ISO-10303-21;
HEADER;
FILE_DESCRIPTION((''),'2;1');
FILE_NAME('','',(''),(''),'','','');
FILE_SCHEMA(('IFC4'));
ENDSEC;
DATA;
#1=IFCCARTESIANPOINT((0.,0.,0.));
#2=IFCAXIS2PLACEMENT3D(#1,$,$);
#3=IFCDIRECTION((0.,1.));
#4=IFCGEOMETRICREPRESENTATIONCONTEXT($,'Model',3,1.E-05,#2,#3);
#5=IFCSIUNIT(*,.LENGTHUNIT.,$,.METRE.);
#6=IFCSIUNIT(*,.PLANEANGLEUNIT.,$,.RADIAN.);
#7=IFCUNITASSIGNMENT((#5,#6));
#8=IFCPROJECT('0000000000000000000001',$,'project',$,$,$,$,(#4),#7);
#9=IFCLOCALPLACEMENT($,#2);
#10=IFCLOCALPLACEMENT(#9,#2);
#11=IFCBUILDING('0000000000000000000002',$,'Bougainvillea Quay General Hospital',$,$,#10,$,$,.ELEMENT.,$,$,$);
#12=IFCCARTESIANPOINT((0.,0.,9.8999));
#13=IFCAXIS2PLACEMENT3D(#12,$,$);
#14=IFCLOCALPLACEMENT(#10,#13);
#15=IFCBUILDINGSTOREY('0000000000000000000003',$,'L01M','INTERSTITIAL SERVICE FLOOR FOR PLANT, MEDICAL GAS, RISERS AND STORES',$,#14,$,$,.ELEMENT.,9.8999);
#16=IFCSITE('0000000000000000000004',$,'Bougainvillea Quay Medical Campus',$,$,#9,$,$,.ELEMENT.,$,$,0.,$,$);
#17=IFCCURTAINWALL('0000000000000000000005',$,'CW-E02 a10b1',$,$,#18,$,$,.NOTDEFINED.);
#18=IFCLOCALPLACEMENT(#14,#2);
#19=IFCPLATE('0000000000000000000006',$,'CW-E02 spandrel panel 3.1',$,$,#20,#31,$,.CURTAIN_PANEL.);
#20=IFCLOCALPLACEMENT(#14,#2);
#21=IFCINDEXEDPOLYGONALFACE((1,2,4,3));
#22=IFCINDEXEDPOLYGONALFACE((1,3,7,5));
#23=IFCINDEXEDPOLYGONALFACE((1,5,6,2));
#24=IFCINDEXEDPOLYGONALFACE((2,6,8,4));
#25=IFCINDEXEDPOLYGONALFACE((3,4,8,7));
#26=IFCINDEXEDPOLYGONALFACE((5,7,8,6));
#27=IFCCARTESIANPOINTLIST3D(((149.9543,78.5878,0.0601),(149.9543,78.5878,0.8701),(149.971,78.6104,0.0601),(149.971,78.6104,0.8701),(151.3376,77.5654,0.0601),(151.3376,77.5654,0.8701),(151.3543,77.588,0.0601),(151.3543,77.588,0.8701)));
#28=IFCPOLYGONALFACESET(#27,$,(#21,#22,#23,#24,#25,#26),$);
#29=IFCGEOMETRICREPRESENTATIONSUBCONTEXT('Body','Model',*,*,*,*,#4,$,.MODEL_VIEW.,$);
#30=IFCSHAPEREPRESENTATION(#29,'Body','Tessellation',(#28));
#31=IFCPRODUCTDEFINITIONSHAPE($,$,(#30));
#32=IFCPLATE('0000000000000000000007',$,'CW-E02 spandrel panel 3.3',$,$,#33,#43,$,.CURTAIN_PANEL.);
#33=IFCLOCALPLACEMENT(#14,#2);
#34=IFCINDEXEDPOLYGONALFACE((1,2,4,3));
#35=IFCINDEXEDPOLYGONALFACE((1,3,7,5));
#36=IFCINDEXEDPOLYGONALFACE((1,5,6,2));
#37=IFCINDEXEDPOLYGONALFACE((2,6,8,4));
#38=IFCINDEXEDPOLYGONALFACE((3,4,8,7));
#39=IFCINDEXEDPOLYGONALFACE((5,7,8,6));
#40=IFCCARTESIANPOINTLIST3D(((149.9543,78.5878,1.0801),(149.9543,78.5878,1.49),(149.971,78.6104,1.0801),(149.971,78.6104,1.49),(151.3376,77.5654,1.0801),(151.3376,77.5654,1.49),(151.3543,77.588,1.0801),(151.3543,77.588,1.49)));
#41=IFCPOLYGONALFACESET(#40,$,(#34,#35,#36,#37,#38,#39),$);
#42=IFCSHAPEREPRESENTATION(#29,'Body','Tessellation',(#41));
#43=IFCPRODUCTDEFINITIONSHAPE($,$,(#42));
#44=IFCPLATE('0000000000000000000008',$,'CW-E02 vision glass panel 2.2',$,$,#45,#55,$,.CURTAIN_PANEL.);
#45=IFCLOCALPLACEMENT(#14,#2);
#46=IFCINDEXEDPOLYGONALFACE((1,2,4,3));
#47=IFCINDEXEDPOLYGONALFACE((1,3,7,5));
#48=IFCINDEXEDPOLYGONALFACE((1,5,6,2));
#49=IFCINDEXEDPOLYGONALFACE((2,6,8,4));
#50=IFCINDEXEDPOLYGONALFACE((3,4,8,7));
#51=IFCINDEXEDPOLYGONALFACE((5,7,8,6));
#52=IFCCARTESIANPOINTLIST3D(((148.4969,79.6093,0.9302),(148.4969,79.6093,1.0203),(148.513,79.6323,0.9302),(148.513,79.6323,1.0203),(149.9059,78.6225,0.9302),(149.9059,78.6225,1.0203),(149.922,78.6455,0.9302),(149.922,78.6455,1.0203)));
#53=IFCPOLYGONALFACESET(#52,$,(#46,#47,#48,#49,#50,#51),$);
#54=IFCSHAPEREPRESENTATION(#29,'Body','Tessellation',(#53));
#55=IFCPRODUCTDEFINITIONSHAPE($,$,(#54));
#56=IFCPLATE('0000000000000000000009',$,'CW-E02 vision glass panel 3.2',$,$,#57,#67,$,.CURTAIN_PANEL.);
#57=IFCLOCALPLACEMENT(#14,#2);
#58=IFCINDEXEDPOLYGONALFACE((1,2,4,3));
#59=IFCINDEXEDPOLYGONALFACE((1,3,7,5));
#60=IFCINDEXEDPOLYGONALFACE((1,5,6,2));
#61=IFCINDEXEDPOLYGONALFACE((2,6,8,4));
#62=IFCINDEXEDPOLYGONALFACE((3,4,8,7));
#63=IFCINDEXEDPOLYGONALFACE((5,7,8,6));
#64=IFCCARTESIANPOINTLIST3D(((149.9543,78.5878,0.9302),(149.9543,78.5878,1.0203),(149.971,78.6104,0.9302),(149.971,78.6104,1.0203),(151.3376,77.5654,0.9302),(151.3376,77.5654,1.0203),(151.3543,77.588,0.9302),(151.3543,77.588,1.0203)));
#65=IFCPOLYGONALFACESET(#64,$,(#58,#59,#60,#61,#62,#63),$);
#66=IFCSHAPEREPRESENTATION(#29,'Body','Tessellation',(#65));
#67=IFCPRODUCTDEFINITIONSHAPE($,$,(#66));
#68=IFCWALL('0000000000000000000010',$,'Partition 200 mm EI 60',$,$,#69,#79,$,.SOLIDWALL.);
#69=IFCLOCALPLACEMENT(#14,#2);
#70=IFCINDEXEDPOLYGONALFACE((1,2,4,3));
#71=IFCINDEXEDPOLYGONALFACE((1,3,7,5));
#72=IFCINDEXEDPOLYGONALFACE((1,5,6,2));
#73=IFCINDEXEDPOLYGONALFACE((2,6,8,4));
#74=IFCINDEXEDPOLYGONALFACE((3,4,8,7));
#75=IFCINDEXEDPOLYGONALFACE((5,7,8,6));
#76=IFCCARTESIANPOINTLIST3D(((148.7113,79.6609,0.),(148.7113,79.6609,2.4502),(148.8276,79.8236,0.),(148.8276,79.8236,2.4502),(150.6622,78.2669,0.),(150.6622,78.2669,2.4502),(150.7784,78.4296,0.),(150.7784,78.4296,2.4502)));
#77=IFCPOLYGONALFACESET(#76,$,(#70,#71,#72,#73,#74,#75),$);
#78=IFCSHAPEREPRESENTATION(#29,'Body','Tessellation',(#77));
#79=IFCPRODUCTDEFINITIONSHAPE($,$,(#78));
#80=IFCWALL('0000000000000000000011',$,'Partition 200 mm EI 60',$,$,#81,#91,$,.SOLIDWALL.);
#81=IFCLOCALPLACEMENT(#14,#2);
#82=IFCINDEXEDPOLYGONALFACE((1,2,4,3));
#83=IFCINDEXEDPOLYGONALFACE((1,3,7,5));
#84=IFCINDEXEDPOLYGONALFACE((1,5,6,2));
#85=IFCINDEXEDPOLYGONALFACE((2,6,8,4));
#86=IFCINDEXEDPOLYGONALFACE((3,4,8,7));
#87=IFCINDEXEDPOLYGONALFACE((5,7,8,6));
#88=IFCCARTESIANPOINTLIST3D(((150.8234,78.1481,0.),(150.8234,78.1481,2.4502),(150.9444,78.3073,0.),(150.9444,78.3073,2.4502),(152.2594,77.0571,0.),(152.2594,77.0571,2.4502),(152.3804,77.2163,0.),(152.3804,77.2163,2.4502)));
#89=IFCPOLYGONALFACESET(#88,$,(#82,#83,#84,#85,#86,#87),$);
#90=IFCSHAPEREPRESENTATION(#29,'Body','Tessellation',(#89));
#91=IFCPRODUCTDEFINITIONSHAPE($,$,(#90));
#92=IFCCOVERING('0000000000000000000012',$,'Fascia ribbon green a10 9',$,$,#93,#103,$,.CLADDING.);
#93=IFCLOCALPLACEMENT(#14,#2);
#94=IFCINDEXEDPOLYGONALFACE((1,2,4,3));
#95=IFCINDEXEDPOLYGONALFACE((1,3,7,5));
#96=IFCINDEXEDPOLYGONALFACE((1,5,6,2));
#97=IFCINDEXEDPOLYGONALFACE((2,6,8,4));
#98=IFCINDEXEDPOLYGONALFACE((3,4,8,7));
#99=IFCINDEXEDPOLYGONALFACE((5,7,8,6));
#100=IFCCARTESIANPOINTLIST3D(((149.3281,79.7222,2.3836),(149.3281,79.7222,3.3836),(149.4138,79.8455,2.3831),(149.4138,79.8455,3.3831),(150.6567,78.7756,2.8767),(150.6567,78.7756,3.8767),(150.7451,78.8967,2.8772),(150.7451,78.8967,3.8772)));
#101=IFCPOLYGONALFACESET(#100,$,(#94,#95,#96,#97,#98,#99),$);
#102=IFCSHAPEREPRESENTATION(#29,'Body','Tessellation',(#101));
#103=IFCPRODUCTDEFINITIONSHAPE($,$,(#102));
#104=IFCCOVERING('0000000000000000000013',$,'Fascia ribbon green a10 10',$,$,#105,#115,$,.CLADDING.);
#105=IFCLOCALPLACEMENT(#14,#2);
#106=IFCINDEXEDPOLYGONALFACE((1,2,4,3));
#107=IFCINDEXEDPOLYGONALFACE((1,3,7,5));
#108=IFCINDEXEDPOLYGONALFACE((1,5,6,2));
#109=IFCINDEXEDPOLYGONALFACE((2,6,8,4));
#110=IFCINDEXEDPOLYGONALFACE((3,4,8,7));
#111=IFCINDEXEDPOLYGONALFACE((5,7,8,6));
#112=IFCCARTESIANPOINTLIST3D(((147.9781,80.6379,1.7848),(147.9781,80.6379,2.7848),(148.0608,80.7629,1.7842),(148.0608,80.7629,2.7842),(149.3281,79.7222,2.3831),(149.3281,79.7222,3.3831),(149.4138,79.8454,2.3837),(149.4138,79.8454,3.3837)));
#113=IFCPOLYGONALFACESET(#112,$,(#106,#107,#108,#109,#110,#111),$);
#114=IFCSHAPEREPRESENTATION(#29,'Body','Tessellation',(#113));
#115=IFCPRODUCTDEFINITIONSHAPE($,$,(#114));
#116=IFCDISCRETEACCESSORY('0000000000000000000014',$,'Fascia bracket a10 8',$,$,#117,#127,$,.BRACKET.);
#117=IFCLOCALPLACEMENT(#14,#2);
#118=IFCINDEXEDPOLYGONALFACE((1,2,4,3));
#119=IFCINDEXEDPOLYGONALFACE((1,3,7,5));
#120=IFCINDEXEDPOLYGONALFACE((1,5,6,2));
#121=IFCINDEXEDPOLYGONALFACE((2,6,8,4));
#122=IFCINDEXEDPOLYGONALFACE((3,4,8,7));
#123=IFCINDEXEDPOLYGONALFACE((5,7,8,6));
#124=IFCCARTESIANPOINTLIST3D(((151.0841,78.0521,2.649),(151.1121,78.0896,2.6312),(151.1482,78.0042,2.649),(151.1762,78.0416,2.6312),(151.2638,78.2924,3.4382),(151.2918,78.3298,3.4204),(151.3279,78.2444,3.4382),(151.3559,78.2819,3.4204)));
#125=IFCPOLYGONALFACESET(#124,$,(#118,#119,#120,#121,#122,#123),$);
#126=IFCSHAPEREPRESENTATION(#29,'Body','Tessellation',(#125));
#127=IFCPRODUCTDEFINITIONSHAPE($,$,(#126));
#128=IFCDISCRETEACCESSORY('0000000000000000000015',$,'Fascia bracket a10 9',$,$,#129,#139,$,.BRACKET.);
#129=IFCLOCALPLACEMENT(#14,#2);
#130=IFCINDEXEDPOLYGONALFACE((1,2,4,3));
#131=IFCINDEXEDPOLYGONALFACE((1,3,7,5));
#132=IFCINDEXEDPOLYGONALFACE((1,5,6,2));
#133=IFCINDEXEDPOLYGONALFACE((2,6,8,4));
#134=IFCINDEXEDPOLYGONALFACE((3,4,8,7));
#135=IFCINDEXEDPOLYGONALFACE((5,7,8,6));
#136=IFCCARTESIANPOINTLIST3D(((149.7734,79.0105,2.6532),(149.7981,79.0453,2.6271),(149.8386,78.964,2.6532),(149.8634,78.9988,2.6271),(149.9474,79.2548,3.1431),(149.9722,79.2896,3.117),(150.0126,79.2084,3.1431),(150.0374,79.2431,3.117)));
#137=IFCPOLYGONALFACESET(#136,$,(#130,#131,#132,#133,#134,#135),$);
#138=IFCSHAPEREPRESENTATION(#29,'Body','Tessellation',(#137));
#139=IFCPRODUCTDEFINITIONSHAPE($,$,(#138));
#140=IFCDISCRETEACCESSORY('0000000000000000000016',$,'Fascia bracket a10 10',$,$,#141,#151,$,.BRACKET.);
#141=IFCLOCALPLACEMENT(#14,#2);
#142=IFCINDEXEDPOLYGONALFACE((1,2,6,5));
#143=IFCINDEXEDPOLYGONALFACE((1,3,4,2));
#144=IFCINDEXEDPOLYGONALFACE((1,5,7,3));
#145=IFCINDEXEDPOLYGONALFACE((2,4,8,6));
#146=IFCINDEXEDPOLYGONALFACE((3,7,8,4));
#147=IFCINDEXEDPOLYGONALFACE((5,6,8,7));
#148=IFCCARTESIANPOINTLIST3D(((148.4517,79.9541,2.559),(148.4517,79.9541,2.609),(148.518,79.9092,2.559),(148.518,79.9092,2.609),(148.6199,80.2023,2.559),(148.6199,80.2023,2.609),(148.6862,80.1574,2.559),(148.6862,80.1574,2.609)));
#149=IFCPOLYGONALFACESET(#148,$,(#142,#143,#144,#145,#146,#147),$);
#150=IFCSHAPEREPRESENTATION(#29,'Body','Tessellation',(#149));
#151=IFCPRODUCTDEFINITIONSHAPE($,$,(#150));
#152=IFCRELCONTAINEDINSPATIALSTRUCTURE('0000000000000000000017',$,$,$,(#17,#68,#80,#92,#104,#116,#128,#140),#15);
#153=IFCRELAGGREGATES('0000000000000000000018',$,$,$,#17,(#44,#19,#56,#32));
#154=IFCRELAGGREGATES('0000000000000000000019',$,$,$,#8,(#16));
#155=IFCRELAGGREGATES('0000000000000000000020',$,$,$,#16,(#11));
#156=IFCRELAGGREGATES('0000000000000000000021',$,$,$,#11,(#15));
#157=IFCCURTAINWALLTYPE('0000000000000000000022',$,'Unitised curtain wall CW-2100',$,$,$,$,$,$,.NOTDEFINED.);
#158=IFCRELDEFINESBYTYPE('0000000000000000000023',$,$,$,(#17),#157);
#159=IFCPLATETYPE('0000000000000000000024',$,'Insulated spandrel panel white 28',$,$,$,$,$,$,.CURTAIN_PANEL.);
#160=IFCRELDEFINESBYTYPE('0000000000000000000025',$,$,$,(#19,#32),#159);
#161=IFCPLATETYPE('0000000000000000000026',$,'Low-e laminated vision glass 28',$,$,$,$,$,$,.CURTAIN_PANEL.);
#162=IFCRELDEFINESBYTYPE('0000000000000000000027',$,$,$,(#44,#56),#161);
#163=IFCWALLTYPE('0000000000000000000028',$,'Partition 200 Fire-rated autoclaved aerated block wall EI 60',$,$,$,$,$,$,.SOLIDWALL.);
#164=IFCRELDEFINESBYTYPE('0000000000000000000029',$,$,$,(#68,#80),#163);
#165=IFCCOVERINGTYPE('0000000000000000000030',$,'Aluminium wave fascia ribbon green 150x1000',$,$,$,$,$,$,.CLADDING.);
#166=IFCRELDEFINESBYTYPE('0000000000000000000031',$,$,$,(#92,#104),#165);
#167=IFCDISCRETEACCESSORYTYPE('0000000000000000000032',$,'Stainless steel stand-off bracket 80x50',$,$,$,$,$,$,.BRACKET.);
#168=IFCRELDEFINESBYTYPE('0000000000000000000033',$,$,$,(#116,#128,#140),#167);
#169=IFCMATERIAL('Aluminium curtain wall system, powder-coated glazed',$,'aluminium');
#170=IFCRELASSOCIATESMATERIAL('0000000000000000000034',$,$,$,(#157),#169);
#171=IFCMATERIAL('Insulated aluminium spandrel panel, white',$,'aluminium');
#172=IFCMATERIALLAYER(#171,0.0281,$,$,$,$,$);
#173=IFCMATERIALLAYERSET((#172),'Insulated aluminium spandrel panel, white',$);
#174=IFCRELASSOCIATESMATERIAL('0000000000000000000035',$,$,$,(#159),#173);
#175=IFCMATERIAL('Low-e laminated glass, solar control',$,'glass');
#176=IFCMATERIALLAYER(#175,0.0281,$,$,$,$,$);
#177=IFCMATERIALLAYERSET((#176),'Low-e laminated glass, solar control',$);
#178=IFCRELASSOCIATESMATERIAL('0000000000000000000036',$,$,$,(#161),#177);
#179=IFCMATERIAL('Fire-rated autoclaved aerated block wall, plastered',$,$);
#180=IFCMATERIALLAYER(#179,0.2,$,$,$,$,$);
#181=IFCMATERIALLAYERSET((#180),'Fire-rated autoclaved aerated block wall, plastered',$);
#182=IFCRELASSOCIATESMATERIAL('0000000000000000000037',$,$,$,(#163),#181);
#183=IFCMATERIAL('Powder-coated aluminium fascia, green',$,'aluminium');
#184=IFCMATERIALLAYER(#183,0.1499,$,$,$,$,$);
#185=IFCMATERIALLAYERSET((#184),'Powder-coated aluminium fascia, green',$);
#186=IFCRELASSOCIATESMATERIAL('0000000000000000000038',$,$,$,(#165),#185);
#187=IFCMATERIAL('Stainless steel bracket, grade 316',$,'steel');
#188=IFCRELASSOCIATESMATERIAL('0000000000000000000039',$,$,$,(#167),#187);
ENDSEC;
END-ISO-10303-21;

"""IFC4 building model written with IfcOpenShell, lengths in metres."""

from ifc_helpers import new_model, si_unit, direction, frame, frame_2d, origin, origin_2d, place, context, subcontext, project, spatial, polyline, rectangle, outline, extrude, material, layer, layer_set, material_profile, profile_set, type_object, element, aggregate, save


model = new_model("IFC4")

# Units and contexts
model_context = context("Model", 3, precision=1e-05, world=origin(), true_north=direction((0.0, 1.0)))
body_context = subcontext(model_context, "Body", "Model", "MODEL_VIEW")
ifc_project = project(units=[si_unit("LENGTHUNIT", "METRE"), si_unit("PLANEANGLEUNIT", "RADIAN")], contexts=[model_context])

# Site, building, storey
site_placement = place(None, origin())
site = spatial("IfcSite", under=ifc_project, at=site_placement, Name="Bougainvillea Quay Medical Campus", CompositionType="ELEMENT", RefElevation=0.0)
building_placement = place(site_placement, origin())
building = spatial("IfcBuilding", under=site, at=building_placement, Name="Bougainvillea Quay General Hospital", CompositionType="ELEMENT")
storey_placement = place(building_placement, frame((0.0, 0.0, 9.8999)))
storey = spatial("IfcBuildingStorey", under=building, at=storey_placement, Name="L01M", Description="INTERSTITIAL SERVICE FLOOR FOR PLANT, MEDICAL GAS, RISERS AND STORES", CompositionType="ELEMENT", Elevation=9.8999)

# Curtain wall, plates
ifc_material_1 = material(Name="Aluminium curtain wall system, powder-coated glazed", Category="aluminium")
curtain_wall_type = type_object("IfcCurtainWallType", Name="Unitised curtain wall CW-2100", PredefinedType="NOTDEFINED", material=ifc_material_1)
curtain_wall_placement = place(storey_placement, origin())
curtain_wall = element("IfcCurtainWall", 1, at=curtain_wall_placement, inside=storey, type_object=curtain_wall_type, Name="CW-E02 a10b1", PredefinedType="NOTDEFINED")
ifc_material_2 = material(Name="Insulated aluminium spandrel panel, white", Category="aluminium")
ifc_layer_1 = layer(ifc_material_2, 0.0281)
ifc_layer_set_1 = layer_set([ifc_layer_1], Name="Insulated aluminium spandrel panel, white")
plate_type_1 = type_object("IfcPlateType", Name="Insulated spandrel panel white 28", PredefinedType="CURTAIN_PANEL", material=ifc_layer_set_1)
plate_1_placement = place(storey_placement, frame((150.6543, 78.0879, 0.0601), z_axis=(0.0, 0.0, 1.0), x_axis=(0.804189, -0.594374, 0.0)))
plate_1 = element("IfcPlate", 2, at=plate_1_placement, type_object=plate_type_1, Name="CW-E02 spandrel panel 3.1", PredefinedType="CURTAIN_PANEL", context=body_context, shape_type="SweptSolid", body=[
    extrude(rectangle(XDim=1.7202, YDim=0.0281, at=origin_2d()), origin(), (0.0, 0.0, 1.0), 0.8101),
])
plate_2_placement = place(storey_placement, frame((150.6543, 78.0879, 1.0801), z_axis=(0.0, 0.0, 1.0), x_axis=(0.804189, -0.594374, 0.0)))
plate_2 = element("IfcPlate", 3, at=plate_2_placement, type_object=plate_type_1, Name="CW-E02 spandrel panel 3.3", PredefinedType="CURTAIN_PANEL", context=body_context, shape_type="SweptSolid", body=[
    extrude(rectangle(XDim=1.7202, YDim=0.0281, at=origin_2d()), origin(), (0.0, 0.0, 1.0), 0.4099),
])
ifc_material_3 = material(Name="Low-e laminated glass, solar control", Category="glass")
ifc_layer_2 = layer(ifc_material_3, 0.0281)
ifc_layer_set_2 = layer_set([ifc_layer_2], Name="Low-e laminated glass, solar control")
plate_type_2 = type_object("IfcPlateType", Name="Low-e laminated vision glass 28", PredefinedType="CURTAIN_PANEL", material=ifc_layer_set_2)
plate_3_placement = place(storey_placement, frame((149.2095, 79.1274, 0.9302), z_axis=(0.0, 0.0, 1.0), x_axis=(0.819096, -0.573656, 0.0)))
plate_3 = element("IfcPlate", 4, at=plate_3_placement, type_object=plate_type_2, Name="CW-E02 vision glass panel 2.2", PredefinedType="CURTAIN_PANEL", context=body_context, shape_type="SweptSolid", body=[
    extrude(rectangle(XDim=1.7202, YDim=0.0281, at=origin_2d()), origin(), (0.0, 0.0, 1.0), 0.0901),
])
plate_4_placement = place(storey_placement, frame((150.6543, 78.0879, 0.9302), z_axis=(0.0, 0.0, 1.0), x_axis=(0.804189, -0.594374, 0.0)))
plate_4 = element("IfcPlate", 5, at=plate_4_placement, type_object=plate_type_2, Name="CW-E02 vision glass panel 3.2", PredefinedType="CURTAIN_PANEL", context=body_context, shape_type="SweptSolid", body=[
    extrude(rectangle(XDim=1.7202, YDim=0.0281, at=origin_2d()), origin(), (0.0, 0.0, 1.0), 0.0901),
])
aggregate(curtain_wall, [plate_3, plate_1, plate_4, plate_2])

# Walls
ifc_material_4 = material(Name="Fire-rated autoclaved aerated block wall, plastered")
ifc_layer_3 = layer(ifc_material_4, 0.2)
ifc_layer_set_3 = layer_set([ifc_layer_3], Name="Fire-rated autoclaved aerated block wall, plastered")
wall_type = type_object("IfcWallType", Name="Partition 200 Fire-rated autoclaved aerated block wall EI 60", PredefinedType="SOLIDWALL", material=ifc_layer_set_3)
wall_1_placement = place(storey_placement, frame((148.7695, 79.7422, 0.0), z_axis=(0.0, 0.0, 1.0), x_axis=(0.81363, -0.581383, 0.0)))
element("IfcWall", 6, at=wall_1_placement, inside=storey, type_object=wall_type, Name="Partition 200 mm EI 60", PredefinedType="SOLIDWALL", context=body_context, shape_type="SweptSolid", body=[
    extrude(rectangle(XDim=2.3977, YDim=0.2, at=frame_2d((1.1987, 0.0))), origin(), (0.0, 0.0, 1.0), 2.4502),
])
wall_2_placement = place(storey_placement, frame((150.8838, 78.2278, 0.0), z_axis=(0.0, 0.0, 1.0), x_axis=(0.796248, -0.60497, 0.0)))
element("IfcWall", 7, at=wall_2_placement, inside=storey, type_object=wall_type, Name="Partition 200 mm EI 60", PredefinedType="SOLIDWALL", context=body_context, shape_type="SweptSolid", body=[
    extrude(rectangle(XDim=1.8035, YDim=0.2, at=frame_2d((0.9019, 0.0))), origin(), (0.0, 0.0, 1.0), 2.4502),
])

# Coverings
ifc_material_5 = material(Name="Powder-coated aluminium fascia, green", Category="aluminium")
ifc_layer_4 = layer(ifc_material_5, 0.1499)
ifc_layer_set_4 = layer_set([ifc_layer_4], Name="Powder-coated aluminium fascia, green")
covering_type = type_object("IfcCoveringType", Name="Aluminium wave fascia ribbon green 150x1000", PredefinedType="CLADDING", material=ifc_layer_set_4)
covering_1_placement = place(storey_placement, frame((150.6567, 78.7756, 2.8767), z_axis=(-0.235685, 0.167875, 0.95722), x_axis=(-0.779609, 0.55541, -0.28936)))
element("IfcCovering", 8, at=covering_1_placement, inside=storey, type_object=covering_type, Name="Fascia ribbon green a10 9", PredefinedType="CLADDING", context=body_context, shape_type="SweptSolid", body=[
    extrude(outline(polyline([(0.0, 0.0), (1.7042, 0.0), (1.706, -0.1501), (-0.0018, -0.1499), (0.0, 0.0)])), origin(), (-0.28936, -0.000025, 0.95722), 1.0),
])
covering_2_placement = place(storey_placement, frame((149.3281, 79.7222, 2.3831), z_axis=(-0.284911, 0.193303, 0.938861), x_axis=(-0.776982, 0.527027, -0.344297)))
element("IfcCovering", 9, at=covering_2_placement, inside=storey, type_object=covering_type, Name="Fascia ribbon green a10 10", PredefinedType="CLADDING", context=body_context, shape_type="SweptSolid", body=[
    extrude(outline(polyline([(0.0, 0.0), (1.7376, 0.0), (1.7394, -0.1499), (-0.0019, -0.1501), (0.0, 0.0)])), origin(), (-0.344297, 0.000037, 0.938861), 1.0),
])

# Discrete accessories
ifc_material_6 = material(Name="Stainless steel bracket, grade 316", Category="steel")
ifc_material_profile_1 = material_profile(ifc_material_6, rectangle(XDim=0.0801, YDim=0.05, at=origin_2d()))
ifc_profile_set_1 = profile_set([ifc_material_profile_1], Name="Stainless steel bracket, grade 316")
discrete_accessory_type = type_object("IfcDiscreteAccessoryType", Name="Stainless steel stand-off bracket 80x50", PredefinedType="BRACKET", material=ifc_profile_set_1)
discrete_accessory_1_placement = place(storey_placement, frame((151.1301, 78.0469, 2.6401), z_axis=(0.212857, 0.284581, 0.934722), x_axis=(-0.800781, 0.598958, 0.0)))
element("IfcDiscreteAccessory", 10, at=discrete_accessory_1_placement, inside=storey, type_object=discrete_accessory_type, Name="Fascia bracket a10 8", PredefinedType="BRACKET", context=body_context, shape_type="SweptSolid", body=[
    extrude(rectangle(XDim=0.0801, YDim=0.05, at=origin_2d()), origin(), (0.0, 0.0, 1.0), 0.8442),
])
discrete_accessory_2_placement = place(storey_placement, frame((149.8184, 79.0046, 2.6401), z_axis=(0.302968, 0.425345, 0.852814), x_axis=(-0.814502, 0.58016, 0.0)))
element("IfcDiscreteAccessory", 11, at=discrete_accessory_2_placement, inside=storey, type_object=discrete_accessory_type, Name="Fascia bracket a10 9", PredefinedType="BRACKET", context=body_context, shape_type="SweptSolid", body=[
    extrude(rectangle(XDim=0.0801, YDim=0.05, at=origin_2d()), origin(), (0.0, 0.0, 1.0), 0.5745),
])
discrete_accessory_3_placement = place(storey_placement, frame((148.4849, 79.9316, 2.584), z_axis=(0.560884, 0.827894, 0.0), x_axis=(-0.827894, 0.560884, 0.0)))
element("IfcDiscreteAccessory", 12, at=discrete_accessory_3_placement, inside=storey, type_object=discrete_accessory_type, Name="Fascia bracket a10 10", PredefinedType="BRACKET", context=body_context, shape_type="SweptSolid", body=[
    extrude(rectangle(XDim=0.0801, YDim=0.05, at=origin_2d()), origin(), (0.0, 0.0, 1.0), 0.2998),
])

save(model, "model.ifc")
